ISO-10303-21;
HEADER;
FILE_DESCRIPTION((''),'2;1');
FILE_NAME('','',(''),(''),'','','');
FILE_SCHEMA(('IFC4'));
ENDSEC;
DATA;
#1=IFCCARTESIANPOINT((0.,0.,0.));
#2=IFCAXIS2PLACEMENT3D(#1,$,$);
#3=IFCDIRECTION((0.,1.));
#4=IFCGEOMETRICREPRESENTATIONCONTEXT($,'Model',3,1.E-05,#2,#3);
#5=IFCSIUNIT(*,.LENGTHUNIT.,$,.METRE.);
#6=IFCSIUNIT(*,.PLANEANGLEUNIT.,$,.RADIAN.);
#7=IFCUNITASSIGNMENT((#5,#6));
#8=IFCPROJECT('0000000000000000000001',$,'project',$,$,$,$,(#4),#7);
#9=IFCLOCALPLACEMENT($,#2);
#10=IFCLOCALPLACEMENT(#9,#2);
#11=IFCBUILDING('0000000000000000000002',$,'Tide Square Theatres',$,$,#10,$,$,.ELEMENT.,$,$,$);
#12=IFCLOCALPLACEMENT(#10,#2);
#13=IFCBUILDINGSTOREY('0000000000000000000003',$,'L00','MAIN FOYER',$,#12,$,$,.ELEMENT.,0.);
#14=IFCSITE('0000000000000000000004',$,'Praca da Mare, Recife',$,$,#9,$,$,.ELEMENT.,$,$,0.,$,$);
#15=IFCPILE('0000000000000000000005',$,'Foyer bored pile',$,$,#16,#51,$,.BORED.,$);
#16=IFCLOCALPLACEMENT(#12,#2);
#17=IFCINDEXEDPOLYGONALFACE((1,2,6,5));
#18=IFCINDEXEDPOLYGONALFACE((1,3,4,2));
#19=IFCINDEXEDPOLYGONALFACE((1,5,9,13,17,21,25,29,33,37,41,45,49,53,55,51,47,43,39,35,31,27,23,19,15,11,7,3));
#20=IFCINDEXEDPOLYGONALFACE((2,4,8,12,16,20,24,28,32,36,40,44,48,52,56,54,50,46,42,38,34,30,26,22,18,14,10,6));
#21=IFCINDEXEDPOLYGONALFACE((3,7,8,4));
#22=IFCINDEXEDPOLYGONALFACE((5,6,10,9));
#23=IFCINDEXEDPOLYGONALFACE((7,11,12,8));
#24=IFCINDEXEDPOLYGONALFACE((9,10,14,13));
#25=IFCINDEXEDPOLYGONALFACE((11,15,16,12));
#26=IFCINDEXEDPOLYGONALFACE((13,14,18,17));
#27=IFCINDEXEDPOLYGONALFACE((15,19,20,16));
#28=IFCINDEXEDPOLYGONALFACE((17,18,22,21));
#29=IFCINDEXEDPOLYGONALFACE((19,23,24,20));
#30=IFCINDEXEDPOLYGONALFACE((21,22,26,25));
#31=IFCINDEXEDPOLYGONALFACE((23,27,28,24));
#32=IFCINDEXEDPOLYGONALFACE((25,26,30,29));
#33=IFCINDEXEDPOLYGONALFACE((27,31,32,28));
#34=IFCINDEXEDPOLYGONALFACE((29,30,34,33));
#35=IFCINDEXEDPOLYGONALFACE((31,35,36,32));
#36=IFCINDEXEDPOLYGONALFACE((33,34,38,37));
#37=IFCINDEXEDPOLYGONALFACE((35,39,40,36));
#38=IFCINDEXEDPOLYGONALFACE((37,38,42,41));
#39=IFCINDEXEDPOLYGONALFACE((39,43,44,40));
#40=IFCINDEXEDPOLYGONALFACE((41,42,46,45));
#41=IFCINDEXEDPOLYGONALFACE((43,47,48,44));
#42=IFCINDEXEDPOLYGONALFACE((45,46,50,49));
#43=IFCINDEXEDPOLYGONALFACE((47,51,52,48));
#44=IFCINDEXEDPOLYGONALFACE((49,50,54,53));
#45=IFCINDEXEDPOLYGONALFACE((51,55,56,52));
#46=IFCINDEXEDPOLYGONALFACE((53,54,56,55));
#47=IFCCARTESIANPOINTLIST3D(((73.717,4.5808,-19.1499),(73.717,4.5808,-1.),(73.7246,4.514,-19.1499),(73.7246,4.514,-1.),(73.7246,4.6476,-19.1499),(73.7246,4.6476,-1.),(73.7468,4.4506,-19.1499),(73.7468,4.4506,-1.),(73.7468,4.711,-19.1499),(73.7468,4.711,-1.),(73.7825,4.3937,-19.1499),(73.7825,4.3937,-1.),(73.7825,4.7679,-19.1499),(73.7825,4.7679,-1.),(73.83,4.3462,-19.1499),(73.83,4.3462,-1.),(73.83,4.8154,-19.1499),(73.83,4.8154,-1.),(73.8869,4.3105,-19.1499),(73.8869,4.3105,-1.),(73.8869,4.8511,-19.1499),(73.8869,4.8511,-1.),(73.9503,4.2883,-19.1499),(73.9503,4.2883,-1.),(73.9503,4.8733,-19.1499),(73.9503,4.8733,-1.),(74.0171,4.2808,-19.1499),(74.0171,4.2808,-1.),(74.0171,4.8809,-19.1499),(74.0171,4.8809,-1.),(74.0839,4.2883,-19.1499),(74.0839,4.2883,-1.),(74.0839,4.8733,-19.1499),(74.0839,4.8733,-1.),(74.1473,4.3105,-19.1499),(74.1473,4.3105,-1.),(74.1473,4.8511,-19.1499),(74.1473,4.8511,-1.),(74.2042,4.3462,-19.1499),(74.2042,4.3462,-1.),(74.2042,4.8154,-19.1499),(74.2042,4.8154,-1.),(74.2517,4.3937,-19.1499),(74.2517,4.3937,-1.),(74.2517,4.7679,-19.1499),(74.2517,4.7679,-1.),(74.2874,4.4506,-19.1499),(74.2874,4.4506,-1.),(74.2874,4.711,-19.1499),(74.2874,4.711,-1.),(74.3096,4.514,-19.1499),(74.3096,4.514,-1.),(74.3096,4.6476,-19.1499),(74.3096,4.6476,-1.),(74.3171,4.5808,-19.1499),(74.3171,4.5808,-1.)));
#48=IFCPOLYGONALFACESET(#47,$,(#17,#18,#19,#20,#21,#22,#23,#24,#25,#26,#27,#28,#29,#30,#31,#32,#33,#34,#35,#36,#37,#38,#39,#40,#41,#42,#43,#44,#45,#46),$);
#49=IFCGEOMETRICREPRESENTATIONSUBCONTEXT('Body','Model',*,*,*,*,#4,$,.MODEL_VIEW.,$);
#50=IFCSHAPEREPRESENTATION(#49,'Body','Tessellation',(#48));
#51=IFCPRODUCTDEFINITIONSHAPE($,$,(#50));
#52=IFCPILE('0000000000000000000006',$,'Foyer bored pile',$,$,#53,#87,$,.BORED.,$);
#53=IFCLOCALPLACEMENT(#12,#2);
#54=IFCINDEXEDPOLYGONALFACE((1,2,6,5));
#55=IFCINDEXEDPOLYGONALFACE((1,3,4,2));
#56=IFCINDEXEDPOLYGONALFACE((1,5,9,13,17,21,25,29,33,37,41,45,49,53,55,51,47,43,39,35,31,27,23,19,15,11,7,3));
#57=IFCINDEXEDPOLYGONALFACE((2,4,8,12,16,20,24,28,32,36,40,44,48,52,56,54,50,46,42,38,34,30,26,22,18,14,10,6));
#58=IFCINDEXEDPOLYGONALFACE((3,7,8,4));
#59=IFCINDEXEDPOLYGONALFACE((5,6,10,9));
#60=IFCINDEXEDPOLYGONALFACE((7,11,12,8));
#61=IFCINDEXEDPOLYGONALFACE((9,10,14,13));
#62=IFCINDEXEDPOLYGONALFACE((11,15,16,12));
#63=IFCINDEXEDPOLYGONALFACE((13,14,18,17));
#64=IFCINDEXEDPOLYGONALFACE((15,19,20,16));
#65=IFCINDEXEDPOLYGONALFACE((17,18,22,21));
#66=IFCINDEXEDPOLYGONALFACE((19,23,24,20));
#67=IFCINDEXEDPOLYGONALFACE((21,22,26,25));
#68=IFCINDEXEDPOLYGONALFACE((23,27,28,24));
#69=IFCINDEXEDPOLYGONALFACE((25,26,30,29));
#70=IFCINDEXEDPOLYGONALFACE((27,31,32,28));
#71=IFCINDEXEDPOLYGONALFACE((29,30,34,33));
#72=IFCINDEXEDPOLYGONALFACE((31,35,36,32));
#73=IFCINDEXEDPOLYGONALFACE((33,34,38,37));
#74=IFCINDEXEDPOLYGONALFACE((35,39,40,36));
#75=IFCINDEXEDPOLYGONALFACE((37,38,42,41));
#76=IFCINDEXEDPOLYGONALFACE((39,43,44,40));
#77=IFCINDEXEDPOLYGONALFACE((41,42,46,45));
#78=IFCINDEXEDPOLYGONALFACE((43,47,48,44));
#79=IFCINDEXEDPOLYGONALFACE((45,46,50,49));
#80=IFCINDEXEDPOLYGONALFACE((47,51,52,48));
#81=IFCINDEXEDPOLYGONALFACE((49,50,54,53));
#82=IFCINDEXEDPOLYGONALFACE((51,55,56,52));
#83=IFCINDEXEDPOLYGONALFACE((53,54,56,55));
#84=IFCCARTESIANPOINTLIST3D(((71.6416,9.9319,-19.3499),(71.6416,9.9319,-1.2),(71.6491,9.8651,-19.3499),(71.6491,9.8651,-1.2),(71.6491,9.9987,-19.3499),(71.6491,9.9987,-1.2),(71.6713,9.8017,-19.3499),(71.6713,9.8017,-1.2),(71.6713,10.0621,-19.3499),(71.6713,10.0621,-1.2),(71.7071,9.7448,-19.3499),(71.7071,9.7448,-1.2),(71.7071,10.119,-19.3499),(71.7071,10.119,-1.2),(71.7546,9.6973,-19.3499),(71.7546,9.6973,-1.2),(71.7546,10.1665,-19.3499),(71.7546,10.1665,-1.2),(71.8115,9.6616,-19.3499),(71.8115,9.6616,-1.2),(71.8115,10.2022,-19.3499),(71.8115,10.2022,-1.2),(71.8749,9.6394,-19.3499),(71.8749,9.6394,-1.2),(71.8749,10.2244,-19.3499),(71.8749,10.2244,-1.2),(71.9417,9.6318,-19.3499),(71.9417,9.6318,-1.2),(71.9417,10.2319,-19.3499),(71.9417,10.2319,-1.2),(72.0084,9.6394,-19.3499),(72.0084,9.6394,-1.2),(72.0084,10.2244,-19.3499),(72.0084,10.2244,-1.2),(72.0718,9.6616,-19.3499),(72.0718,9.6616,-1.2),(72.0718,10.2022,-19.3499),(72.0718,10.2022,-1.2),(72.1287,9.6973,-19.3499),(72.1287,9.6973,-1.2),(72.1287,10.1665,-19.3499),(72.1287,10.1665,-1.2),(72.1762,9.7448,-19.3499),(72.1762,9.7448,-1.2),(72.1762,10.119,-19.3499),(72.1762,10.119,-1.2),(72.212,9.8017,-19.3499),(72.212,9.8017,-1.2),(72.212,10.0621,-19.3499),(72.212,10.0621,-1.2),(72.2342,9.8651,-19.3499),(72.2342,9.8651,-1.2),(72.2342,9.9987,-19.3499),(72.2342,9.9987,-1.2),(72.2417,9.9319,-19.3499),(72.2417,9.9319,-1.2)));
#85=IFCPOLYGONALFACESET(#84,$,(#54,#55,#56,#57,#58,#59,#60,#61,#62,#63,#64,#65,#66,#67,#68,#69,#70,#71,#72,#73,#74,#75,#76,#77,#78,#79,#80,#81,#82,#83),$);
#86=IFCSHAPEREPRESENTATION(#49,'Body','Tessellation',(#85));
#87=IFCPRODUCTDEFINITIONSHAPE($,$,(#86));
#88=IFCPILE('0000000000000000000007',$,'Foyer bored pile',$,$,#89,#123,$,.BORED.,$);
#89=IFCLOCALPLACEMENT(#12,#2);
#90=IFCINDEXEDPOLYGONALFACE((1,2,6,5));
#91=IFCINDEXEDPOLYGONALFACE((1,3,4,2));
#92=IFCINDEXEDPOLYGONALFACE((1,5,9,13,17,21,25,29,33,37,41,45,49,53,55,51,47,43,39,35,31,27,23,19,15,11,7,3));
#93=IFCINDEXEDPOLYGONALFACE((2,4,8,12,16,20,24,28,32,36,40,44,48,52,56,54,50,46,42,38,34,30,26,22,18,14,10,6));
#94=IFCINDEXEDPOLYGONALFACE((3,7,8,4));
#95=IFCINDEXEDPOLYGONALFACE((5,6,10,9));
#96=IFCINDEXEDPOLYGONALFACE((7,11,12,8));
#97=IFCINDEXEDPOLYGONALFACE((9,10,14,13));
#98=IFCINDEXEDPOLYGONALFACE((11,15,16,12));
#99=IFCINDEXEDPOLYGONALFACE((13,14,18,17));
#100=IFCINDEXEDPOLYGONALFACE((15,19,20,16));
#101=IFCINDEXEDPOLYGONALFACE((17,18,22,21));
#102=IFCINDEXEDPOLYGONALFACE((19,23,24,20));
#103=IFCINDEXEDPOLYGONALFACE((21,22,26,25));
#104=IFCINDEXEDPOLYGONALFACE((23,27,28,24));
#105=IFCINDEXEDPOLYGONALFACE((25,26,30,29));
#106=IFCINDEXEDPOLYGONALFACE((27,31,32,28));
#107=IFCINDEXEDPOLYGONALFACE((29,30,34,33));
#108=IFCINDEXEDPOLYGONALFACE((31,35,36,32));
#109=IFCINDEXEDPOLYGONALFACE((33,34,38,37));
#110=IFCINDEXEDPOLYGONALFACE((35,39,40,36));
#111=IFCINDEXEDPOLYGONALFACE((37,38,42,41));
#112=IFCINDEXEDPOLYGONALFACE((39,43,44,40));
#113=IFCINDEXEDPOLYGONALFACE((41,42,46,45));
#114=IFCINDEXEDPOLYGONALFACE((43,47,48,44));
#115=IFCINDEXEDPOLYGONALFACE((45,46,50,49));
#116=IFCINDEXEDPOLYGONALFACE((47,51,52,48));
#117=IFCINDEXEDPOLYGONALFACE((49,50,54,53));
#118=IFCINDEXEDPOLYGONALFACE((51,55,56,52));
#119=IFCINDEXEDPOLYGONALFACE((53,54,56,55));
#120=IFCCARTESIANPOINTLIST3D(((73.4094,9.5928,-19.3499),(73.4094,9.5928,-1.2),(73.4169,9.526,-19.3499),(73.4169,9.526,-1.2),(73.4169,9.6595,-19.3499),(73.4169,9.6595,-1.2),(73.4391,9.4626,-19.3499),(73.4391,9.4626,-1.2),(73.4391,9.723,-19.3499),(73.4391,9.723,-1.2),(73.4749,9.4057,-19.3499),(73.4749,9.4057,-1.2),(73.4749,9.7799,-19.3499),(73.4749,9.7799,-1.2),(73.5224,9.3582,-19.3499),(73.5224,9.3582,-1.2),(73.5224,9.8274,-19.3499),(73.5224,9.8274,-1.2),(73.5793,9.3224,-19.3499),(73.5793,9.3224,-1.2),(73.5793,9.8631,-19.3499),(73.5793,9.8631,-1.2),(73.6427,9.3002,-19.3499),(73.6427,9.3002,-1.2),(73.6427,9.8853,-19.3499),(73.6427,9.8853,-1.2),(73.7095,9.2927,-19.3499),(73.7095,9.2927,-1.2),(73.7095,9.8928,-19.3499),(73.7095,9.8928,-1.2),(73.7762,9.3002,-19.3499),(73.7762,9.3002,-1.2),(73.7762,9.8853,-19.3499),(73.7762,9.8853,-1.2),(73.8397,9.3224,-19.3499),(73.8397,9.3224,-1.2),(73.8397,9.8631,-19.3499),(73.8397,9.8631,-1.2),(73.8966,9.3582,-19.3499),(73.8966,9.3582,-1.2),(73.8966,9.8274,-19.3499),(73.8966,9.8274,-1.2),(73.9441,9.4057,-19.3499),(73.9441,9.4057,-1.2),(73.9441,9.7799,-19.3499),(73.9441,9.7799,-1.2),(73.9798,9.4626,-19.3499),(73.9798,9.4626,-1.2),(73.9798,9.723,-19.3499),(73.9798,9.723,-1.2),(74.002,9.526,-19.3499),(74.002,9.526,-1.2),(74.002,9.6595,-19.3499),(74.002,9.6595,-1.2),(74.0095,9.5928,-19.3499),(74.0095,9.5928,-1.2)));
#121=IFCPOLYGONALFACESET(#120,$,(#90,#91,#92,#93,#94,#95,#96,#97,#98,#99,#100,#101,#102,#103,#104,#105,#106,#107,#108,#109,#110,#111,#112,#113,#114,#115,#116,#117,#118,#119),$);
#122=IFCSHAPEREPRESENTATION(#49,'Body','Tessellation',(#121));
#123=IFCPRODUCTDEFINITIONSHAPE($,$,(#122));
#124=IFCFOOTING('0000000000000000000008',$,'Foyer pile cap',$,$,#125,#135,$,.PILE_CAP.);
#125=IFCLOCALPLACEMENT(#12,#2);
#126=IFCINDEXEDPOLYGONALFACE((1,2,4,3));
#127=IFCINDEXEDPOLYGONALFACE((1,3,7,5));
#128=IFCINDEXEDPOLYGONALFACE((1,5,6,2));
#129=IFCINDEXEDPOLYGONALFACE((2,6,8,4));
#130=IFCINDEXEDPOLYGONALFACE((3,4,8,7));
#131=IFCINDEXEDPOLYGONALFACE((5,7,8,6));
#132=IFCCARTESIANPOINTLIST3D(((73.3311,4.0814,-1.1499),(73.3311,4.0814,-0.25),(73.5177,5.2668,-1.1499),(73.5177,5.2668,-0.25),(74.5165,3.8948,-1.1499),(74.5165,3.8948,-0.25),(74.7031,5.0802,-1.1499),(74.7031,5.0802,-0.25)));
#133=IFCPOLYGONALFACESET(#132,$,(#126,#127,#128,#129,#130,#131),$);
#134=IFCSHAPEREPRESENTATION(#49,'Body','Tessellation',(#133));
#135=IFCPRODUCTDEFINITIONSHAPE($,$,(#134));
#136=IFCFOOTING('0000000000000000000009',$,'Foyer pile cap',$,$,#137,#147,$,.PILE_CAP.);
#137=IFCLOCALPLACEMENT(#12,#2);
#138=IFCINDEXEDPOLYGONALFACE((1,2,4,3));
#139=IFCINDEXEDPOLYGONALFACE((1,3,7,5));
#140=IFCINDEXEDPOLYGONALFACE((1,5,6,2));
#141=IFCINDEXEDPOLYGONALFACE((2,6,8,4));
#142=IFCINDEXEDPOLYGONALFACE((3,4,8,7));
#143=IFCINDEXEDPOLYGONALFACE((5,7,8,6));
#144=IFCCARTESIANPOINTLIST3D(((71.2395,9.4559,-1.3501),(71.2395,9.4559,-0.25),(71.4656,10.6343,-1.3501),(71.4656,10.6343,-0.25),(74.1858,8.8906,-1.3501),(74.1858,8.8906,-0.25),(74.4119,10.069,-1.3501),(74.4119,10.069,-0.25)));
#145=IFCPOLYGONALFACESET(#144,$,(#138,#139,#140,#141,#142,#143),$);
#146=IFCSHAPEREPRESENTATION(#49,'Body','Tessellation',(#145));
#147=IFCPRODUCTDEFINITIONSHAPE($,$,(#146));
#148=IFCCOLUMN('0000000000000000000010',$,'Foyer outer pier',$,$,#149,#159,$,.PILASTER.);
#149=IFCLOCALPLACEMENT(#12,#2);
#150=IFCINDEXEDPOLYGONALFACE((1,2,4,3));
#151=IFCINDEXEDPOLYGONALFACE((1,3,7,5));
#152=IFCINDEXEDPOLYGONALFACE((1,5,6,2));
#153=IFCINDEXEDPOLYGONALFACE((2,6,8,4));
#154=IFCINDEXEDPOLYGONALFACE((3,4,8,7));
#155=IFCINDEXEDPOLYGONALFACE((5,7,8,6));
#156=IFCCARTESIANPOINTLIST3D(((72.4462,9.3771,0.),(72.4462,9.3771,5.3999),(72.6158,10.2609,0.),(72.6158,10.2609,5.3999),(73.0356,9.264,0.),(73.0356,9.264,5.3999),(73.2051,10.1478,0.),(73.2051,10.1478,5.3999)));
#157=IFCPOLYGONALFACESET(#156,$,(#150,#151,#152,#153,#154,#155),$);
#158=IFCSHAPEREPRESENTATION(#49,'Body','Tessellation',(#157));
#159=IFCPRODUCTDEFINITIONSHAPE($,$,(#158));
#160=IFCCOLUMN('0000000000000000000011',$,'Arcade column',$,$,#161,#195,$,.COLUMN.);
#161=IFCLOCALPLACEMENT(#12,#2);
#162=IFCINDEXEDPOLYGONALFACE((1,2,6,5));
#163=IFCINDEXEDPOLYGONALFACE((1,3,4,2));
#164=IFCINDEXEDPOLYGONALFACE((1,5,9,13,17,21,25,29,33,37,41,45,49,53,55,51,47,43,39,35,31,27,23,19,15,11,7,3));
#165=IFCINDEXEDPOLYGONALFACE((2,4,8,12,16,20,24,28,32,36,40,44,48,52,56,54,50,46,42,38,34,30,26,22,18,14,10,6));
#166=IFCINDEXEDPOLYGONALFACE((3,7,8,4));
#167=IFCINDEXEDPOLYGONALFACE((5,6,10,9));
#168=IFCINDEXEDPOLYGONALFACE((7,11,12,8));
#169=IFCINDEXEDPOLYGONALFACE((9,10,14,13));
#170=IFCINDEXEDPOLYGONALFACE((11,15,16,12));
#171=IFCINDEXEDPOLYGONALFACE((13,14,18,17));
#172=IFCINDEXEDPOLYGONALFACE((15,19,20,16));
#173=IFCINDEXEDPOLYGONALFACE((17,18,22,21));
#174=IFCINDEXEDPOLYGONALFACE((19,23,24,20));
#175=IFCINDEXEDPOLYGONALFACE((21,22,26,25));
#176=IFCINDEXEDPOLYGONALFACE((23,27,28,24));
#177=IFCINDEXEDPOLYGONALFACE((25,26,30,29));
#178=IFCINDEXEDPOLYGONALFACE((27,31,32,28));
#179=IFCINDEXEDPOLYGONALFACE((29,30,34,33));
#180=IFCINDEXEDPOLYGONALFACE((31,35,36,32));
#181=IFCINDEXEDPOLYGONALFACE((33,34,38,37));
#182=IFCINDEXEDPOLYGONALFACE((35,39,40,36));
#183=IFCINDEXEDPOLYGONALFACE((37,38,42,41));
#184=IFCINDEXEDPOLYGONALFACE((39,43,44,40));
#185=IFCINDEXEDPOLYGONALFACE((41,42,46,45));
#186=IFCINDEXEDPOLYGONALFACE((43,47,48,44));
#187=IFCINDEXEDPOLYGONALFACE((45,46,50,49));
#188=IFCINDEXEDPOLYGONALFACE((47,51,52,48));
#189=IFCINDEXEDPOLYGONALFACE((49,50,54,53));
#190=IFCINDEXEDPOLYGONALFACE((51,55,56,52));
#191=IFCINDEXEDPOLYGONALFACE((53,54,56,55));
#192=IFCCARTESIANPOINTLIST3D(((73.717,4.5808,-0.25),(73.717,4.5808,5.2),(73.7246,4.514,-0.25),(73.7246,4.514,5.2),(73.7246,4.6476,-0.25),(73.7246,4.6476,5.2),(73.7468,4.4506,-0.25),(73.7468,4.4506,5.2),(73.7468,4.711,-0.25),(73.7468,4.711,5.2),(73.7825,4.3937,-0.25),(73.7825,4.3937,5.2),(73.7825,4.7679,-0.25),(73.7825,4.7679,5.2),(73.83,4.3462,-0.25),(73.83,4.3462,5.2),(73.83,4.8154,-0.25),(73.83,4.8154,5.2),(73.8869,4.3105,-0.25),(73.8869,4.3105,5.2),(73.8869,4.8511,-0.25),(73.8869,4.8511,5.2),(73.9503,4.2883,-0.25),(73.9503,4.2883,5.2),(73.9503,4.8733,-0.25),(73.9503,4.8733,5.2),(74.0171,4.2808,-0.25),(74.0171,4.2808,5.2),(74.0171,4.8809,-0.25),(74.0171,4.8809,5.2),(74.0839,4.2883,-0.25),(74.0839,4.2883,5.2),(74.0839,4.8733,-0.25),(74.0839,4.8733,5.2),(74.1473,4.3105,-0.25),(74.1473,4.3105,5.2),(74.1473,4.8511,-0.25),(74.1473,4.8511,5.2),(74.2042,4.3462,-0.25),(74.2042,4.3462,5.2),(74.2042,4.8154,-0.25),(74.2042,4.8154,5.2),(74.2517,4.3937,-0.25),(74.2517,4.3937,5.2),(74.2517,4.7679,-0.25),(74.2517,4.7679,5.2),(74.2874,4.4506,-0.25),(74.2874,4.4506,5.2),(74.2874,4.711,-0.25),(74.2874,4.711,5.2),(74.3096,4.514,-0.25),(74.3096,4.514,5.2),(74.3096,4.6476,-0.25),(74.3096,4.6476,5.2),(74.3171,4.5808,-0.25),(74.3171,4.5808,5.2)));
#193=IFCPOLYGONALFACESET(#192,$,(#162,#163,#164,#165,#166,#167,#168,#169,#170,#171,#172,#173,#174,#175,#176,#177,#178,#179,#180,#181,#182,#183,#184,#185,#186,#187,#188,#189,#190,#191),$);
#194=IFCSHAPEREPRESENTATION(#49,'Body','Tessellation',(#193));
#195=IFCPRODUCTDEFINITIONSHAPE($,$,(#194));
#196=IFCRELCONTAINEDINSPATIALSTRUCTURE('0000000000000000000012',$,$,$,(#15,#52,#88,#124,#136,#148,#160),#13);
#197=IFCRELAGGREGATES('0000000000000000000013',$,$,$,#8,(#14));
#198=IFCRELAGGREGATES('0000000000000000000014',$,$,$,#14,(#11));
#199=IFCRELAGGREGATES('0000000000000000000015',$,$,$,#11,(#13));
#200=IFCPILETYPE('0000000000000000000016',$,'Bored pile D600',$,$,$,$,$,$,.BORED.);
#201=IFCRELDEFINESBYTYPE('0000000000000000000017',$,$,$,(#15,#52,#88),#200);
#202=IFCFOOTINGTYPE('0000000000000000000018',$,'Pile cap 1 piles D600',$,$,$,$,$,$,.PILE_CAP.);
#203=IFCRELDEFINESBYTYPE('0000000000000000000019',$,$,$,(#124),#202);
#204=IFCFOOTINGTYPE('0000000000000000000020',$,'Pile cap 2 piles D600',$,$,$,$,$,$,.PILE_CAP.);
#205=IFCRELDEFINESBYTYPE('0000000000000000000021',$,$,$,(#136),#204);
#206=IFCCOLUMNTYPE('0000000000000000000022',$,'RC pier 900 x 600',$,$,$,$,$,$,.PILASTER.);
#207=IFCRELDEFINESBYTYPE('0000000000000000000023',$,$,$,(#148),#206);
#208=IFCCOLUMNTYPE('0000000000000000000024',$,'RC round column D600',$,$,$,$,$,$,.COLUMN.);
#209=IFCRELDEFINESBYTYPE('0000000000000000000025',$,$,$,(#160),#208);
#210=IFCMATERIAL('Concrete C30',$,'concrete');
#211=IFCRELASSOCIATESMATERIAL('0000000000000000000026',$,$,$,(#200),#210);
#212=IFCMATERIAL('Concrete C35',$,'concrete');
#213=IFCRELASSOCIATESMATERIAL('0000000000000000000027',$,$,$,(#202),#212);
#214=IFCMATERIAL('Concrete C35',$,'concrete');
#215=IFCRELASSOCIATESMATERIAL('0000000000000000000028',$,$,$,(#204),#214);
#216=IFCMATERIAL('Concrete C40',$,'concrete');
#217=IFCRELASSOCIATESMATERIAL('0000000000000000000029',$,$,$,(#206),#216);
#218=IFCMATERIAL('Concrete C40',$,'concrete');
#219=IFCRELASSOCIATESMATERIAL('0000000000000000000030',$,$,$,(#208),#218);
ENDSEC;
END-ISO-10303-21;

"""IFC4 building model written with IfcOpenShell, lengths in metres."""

from ifc_helpers import new_model, si_unit, direction, frame, origin, origin_2d, place, context, subcontext, project, spatial, rectangle, circle, extrude, material, material_profile, profile_set, type_object, element, save


model = new_model("IFC4")

# Units and contexts
model_context = context("Model", 3, precision=1e-05, world=origin(), true_north=direction((0.0, 1.0)))
body_context = subcontext(model_context, "Body", "Model", "MODEL_VIEW")
ifc_project = project(units=[si_unit("LENGTHUNIT", "METRE"), si_unit("PLANEANGLEUNIT", "RADIAN")], contexts=[model_context])

# Site, building, storey
site_placement = place(None, origin())
site = spatial("IfcSite", under=ifc_project, at=site_placement, Name="Praca da Mare, Recife", CompositionType="ELEMENT", RefElevation=0.0)
building_placement = place(site_placement, origin())
building = spatial("IfcBuilding", under=site, at=building_placement, Name="Tide Square Theatres", CompositionType="ELEMENT")
storey_placement = place(building_placement, origin())
storey = spatial("IfcBuildingStorey", under=building, at=storey_placement, Name="L00", Description="MAIN FOYER", CompositionType="ELEMENT", Elevation=0.0)

# Piles
ifc_material_1 = material(Name="Concrete C30", Category="concrete")
ifc_material_profile_1 = material_profile(ifc_material_1, circle(Radius=0.3, at=origin_2d()))
ifc_profile_set_1 = profile_set([ifc_material_profile_1], Name="Concrete C30")
pile_type = type_object("IfcPileType", Name="Bored pile D600", PredefinedType="BORED", material=ifc_profile_set_1)
for number, where, z_axis, x_axis, name in (
    (1, (74.0171, 4.5808, -1.0), (0.0, 0.0, -1.0), (1.0, 0.0, 0.0), "Foyer bored pile"),
    (2, (71.9417, 9.9319, -1.2), (0.0, 0.0, -1.0), (1.0, 0.0, 0.0), "Foyer bored pile"),
    (3, (73.7095, 9.5928, -1.2), (0.0, 0.0, -1.0), (1.0, 0.0, 0.0), "Foyer bored pile"),
):
    element("IfcPile", number, at=place(storey_placement, frame(where, z_axis=z_axis, x_axis=x_axis)), inside=storey, type_object=pile_type, Name=name, PredefinedType="BORED", context=body_context, shape_type="SweptSolid", body=[
        extrude(circle(Radius=0.3, at=origin_2d()), origin(), (0.0, 0.0, 1.0), 18.1499),
    ])

# Footings
ifc_material_2 = material(Name="Concrete C35", Category="concrete")
footing_type_1 = type_object("IfcFootingType", Name="Pile cap 1 piles D600", PredefinedType="PILE_CAP", material=ifc_material_2)
footing_1_placement = place(storey_placement, frame((74.0171, 4.5808, -1.1499), z_axis=(0.0, 0.0, 1.0), x_axis=(0.987836, -0.155497, 0.0)))
element("IfcFooting", 4, at=footing_1_placement, inside=storey, type_object=footing_type_1, Name="Foyer pile cap", PredefinedType="PILE_CAP", context=body_context, shape_type="SweptSolid", body=[
    extrude(rectangle(XDim=1.2, YDim=1.2, at=origin_2d()), origin(), (0.0, 0.0, 1.0), 0.8999),
])
ifc_material_3 = material(Name="Concrete C35", Category="concrete")
footing_type_2 = type_object("IfcFootingType", Name="Pile cap 2 piles D600", PredefinedType="PILE_CAP", material=ifc_material_3)
footing_2_placement = place(storey_placement, frame((72.8257, 9.7625, -1.3501), z_axis=(0.0, 0.0, 1.0), x_axis=(0.982085, -0.188439, 0.0)))
element("IfcFooting", 5, at=footing_2_placement, inside=storey, type_object=footing_type_2, Name="Foyer pile cap", PredefinedType="PILE_CAP", context=body_context, shape_type="SweptSolid", body=[
    extrude(rectangle(XDim=3.0, YDim=1.2, at=origin_2d()), origin(), (0.0, 0.0, 1.0), 1.1001),
])

# Columns
ifc_material_4 = material(Name="Concrete C40", Category="concrete")
ifc_material_profile_2 = material_profile(ifc_material_4, rectangle(XDim=0.8999, YDim=0.6001, at=origin_2d()))
ifc_profile_set_2 = profile_set([ifc_material_profile_2], Name="Concrete C40")
column_type_1 = type_object("IfcColumnType", Name="RC pier 900 x 600", PredefinedType="PILASTER", material=ifc_profile_set_2)
column_1_placement = place(storey_placement, frame((72.8257, 9.7625, 0.0), z_axis=(0.0, 0.0, 1.0), x_axis=(-0.188439, -0.982085, 0.0)))
element("IfcColumn", 6, at=column_1_placement, inside=storey, type_object=column_type_1, Name="Foyer outer pier", PredefinedType="PILASTER", context=body_context, shape_type="SweptSolid", body=[
    extrude(rectangle(XDim=0.8999, YDim=0.6001, at=origin_2d()), origin(), (0.0, 0.0, 1.0), 5.3999),
])
ifc_material_5 = material(Name="Concrete C40", Category="concrete")
ifc_material_profile_3 = material_profile(ifc_material_5, circle(Radius=0.3, at=origin_2d()))
ifc_profile_set_3 = profile_set([ifc_material_profile_3], Name="Concrete C40")
column_type_2 = type_object("IfcColumnType", Name="RC round column D600", PredefinedType="COLUMN", material=ifc_profile_set_3)
column_2_placement = place(storey_placement, frame((74.0171, 4.5808, -0.25), z_axis=(0.0, 0.0, 1.0), x_axis=(1.0, 0.0, 0.0)))
element("IfcColumn", 7, at=column_2_placement, inside=storey, type_object=column_type_2, Name="Arcade column", PredefinedType="COLUMN", context=body_context, shape_type="SweptSolid", body=[
    extrude(circle(Radius=0.3, at=origin_2d()), origin(), (0.0, 0.0, 1.0), 5.45),
])

save(model, "model.ifc")
